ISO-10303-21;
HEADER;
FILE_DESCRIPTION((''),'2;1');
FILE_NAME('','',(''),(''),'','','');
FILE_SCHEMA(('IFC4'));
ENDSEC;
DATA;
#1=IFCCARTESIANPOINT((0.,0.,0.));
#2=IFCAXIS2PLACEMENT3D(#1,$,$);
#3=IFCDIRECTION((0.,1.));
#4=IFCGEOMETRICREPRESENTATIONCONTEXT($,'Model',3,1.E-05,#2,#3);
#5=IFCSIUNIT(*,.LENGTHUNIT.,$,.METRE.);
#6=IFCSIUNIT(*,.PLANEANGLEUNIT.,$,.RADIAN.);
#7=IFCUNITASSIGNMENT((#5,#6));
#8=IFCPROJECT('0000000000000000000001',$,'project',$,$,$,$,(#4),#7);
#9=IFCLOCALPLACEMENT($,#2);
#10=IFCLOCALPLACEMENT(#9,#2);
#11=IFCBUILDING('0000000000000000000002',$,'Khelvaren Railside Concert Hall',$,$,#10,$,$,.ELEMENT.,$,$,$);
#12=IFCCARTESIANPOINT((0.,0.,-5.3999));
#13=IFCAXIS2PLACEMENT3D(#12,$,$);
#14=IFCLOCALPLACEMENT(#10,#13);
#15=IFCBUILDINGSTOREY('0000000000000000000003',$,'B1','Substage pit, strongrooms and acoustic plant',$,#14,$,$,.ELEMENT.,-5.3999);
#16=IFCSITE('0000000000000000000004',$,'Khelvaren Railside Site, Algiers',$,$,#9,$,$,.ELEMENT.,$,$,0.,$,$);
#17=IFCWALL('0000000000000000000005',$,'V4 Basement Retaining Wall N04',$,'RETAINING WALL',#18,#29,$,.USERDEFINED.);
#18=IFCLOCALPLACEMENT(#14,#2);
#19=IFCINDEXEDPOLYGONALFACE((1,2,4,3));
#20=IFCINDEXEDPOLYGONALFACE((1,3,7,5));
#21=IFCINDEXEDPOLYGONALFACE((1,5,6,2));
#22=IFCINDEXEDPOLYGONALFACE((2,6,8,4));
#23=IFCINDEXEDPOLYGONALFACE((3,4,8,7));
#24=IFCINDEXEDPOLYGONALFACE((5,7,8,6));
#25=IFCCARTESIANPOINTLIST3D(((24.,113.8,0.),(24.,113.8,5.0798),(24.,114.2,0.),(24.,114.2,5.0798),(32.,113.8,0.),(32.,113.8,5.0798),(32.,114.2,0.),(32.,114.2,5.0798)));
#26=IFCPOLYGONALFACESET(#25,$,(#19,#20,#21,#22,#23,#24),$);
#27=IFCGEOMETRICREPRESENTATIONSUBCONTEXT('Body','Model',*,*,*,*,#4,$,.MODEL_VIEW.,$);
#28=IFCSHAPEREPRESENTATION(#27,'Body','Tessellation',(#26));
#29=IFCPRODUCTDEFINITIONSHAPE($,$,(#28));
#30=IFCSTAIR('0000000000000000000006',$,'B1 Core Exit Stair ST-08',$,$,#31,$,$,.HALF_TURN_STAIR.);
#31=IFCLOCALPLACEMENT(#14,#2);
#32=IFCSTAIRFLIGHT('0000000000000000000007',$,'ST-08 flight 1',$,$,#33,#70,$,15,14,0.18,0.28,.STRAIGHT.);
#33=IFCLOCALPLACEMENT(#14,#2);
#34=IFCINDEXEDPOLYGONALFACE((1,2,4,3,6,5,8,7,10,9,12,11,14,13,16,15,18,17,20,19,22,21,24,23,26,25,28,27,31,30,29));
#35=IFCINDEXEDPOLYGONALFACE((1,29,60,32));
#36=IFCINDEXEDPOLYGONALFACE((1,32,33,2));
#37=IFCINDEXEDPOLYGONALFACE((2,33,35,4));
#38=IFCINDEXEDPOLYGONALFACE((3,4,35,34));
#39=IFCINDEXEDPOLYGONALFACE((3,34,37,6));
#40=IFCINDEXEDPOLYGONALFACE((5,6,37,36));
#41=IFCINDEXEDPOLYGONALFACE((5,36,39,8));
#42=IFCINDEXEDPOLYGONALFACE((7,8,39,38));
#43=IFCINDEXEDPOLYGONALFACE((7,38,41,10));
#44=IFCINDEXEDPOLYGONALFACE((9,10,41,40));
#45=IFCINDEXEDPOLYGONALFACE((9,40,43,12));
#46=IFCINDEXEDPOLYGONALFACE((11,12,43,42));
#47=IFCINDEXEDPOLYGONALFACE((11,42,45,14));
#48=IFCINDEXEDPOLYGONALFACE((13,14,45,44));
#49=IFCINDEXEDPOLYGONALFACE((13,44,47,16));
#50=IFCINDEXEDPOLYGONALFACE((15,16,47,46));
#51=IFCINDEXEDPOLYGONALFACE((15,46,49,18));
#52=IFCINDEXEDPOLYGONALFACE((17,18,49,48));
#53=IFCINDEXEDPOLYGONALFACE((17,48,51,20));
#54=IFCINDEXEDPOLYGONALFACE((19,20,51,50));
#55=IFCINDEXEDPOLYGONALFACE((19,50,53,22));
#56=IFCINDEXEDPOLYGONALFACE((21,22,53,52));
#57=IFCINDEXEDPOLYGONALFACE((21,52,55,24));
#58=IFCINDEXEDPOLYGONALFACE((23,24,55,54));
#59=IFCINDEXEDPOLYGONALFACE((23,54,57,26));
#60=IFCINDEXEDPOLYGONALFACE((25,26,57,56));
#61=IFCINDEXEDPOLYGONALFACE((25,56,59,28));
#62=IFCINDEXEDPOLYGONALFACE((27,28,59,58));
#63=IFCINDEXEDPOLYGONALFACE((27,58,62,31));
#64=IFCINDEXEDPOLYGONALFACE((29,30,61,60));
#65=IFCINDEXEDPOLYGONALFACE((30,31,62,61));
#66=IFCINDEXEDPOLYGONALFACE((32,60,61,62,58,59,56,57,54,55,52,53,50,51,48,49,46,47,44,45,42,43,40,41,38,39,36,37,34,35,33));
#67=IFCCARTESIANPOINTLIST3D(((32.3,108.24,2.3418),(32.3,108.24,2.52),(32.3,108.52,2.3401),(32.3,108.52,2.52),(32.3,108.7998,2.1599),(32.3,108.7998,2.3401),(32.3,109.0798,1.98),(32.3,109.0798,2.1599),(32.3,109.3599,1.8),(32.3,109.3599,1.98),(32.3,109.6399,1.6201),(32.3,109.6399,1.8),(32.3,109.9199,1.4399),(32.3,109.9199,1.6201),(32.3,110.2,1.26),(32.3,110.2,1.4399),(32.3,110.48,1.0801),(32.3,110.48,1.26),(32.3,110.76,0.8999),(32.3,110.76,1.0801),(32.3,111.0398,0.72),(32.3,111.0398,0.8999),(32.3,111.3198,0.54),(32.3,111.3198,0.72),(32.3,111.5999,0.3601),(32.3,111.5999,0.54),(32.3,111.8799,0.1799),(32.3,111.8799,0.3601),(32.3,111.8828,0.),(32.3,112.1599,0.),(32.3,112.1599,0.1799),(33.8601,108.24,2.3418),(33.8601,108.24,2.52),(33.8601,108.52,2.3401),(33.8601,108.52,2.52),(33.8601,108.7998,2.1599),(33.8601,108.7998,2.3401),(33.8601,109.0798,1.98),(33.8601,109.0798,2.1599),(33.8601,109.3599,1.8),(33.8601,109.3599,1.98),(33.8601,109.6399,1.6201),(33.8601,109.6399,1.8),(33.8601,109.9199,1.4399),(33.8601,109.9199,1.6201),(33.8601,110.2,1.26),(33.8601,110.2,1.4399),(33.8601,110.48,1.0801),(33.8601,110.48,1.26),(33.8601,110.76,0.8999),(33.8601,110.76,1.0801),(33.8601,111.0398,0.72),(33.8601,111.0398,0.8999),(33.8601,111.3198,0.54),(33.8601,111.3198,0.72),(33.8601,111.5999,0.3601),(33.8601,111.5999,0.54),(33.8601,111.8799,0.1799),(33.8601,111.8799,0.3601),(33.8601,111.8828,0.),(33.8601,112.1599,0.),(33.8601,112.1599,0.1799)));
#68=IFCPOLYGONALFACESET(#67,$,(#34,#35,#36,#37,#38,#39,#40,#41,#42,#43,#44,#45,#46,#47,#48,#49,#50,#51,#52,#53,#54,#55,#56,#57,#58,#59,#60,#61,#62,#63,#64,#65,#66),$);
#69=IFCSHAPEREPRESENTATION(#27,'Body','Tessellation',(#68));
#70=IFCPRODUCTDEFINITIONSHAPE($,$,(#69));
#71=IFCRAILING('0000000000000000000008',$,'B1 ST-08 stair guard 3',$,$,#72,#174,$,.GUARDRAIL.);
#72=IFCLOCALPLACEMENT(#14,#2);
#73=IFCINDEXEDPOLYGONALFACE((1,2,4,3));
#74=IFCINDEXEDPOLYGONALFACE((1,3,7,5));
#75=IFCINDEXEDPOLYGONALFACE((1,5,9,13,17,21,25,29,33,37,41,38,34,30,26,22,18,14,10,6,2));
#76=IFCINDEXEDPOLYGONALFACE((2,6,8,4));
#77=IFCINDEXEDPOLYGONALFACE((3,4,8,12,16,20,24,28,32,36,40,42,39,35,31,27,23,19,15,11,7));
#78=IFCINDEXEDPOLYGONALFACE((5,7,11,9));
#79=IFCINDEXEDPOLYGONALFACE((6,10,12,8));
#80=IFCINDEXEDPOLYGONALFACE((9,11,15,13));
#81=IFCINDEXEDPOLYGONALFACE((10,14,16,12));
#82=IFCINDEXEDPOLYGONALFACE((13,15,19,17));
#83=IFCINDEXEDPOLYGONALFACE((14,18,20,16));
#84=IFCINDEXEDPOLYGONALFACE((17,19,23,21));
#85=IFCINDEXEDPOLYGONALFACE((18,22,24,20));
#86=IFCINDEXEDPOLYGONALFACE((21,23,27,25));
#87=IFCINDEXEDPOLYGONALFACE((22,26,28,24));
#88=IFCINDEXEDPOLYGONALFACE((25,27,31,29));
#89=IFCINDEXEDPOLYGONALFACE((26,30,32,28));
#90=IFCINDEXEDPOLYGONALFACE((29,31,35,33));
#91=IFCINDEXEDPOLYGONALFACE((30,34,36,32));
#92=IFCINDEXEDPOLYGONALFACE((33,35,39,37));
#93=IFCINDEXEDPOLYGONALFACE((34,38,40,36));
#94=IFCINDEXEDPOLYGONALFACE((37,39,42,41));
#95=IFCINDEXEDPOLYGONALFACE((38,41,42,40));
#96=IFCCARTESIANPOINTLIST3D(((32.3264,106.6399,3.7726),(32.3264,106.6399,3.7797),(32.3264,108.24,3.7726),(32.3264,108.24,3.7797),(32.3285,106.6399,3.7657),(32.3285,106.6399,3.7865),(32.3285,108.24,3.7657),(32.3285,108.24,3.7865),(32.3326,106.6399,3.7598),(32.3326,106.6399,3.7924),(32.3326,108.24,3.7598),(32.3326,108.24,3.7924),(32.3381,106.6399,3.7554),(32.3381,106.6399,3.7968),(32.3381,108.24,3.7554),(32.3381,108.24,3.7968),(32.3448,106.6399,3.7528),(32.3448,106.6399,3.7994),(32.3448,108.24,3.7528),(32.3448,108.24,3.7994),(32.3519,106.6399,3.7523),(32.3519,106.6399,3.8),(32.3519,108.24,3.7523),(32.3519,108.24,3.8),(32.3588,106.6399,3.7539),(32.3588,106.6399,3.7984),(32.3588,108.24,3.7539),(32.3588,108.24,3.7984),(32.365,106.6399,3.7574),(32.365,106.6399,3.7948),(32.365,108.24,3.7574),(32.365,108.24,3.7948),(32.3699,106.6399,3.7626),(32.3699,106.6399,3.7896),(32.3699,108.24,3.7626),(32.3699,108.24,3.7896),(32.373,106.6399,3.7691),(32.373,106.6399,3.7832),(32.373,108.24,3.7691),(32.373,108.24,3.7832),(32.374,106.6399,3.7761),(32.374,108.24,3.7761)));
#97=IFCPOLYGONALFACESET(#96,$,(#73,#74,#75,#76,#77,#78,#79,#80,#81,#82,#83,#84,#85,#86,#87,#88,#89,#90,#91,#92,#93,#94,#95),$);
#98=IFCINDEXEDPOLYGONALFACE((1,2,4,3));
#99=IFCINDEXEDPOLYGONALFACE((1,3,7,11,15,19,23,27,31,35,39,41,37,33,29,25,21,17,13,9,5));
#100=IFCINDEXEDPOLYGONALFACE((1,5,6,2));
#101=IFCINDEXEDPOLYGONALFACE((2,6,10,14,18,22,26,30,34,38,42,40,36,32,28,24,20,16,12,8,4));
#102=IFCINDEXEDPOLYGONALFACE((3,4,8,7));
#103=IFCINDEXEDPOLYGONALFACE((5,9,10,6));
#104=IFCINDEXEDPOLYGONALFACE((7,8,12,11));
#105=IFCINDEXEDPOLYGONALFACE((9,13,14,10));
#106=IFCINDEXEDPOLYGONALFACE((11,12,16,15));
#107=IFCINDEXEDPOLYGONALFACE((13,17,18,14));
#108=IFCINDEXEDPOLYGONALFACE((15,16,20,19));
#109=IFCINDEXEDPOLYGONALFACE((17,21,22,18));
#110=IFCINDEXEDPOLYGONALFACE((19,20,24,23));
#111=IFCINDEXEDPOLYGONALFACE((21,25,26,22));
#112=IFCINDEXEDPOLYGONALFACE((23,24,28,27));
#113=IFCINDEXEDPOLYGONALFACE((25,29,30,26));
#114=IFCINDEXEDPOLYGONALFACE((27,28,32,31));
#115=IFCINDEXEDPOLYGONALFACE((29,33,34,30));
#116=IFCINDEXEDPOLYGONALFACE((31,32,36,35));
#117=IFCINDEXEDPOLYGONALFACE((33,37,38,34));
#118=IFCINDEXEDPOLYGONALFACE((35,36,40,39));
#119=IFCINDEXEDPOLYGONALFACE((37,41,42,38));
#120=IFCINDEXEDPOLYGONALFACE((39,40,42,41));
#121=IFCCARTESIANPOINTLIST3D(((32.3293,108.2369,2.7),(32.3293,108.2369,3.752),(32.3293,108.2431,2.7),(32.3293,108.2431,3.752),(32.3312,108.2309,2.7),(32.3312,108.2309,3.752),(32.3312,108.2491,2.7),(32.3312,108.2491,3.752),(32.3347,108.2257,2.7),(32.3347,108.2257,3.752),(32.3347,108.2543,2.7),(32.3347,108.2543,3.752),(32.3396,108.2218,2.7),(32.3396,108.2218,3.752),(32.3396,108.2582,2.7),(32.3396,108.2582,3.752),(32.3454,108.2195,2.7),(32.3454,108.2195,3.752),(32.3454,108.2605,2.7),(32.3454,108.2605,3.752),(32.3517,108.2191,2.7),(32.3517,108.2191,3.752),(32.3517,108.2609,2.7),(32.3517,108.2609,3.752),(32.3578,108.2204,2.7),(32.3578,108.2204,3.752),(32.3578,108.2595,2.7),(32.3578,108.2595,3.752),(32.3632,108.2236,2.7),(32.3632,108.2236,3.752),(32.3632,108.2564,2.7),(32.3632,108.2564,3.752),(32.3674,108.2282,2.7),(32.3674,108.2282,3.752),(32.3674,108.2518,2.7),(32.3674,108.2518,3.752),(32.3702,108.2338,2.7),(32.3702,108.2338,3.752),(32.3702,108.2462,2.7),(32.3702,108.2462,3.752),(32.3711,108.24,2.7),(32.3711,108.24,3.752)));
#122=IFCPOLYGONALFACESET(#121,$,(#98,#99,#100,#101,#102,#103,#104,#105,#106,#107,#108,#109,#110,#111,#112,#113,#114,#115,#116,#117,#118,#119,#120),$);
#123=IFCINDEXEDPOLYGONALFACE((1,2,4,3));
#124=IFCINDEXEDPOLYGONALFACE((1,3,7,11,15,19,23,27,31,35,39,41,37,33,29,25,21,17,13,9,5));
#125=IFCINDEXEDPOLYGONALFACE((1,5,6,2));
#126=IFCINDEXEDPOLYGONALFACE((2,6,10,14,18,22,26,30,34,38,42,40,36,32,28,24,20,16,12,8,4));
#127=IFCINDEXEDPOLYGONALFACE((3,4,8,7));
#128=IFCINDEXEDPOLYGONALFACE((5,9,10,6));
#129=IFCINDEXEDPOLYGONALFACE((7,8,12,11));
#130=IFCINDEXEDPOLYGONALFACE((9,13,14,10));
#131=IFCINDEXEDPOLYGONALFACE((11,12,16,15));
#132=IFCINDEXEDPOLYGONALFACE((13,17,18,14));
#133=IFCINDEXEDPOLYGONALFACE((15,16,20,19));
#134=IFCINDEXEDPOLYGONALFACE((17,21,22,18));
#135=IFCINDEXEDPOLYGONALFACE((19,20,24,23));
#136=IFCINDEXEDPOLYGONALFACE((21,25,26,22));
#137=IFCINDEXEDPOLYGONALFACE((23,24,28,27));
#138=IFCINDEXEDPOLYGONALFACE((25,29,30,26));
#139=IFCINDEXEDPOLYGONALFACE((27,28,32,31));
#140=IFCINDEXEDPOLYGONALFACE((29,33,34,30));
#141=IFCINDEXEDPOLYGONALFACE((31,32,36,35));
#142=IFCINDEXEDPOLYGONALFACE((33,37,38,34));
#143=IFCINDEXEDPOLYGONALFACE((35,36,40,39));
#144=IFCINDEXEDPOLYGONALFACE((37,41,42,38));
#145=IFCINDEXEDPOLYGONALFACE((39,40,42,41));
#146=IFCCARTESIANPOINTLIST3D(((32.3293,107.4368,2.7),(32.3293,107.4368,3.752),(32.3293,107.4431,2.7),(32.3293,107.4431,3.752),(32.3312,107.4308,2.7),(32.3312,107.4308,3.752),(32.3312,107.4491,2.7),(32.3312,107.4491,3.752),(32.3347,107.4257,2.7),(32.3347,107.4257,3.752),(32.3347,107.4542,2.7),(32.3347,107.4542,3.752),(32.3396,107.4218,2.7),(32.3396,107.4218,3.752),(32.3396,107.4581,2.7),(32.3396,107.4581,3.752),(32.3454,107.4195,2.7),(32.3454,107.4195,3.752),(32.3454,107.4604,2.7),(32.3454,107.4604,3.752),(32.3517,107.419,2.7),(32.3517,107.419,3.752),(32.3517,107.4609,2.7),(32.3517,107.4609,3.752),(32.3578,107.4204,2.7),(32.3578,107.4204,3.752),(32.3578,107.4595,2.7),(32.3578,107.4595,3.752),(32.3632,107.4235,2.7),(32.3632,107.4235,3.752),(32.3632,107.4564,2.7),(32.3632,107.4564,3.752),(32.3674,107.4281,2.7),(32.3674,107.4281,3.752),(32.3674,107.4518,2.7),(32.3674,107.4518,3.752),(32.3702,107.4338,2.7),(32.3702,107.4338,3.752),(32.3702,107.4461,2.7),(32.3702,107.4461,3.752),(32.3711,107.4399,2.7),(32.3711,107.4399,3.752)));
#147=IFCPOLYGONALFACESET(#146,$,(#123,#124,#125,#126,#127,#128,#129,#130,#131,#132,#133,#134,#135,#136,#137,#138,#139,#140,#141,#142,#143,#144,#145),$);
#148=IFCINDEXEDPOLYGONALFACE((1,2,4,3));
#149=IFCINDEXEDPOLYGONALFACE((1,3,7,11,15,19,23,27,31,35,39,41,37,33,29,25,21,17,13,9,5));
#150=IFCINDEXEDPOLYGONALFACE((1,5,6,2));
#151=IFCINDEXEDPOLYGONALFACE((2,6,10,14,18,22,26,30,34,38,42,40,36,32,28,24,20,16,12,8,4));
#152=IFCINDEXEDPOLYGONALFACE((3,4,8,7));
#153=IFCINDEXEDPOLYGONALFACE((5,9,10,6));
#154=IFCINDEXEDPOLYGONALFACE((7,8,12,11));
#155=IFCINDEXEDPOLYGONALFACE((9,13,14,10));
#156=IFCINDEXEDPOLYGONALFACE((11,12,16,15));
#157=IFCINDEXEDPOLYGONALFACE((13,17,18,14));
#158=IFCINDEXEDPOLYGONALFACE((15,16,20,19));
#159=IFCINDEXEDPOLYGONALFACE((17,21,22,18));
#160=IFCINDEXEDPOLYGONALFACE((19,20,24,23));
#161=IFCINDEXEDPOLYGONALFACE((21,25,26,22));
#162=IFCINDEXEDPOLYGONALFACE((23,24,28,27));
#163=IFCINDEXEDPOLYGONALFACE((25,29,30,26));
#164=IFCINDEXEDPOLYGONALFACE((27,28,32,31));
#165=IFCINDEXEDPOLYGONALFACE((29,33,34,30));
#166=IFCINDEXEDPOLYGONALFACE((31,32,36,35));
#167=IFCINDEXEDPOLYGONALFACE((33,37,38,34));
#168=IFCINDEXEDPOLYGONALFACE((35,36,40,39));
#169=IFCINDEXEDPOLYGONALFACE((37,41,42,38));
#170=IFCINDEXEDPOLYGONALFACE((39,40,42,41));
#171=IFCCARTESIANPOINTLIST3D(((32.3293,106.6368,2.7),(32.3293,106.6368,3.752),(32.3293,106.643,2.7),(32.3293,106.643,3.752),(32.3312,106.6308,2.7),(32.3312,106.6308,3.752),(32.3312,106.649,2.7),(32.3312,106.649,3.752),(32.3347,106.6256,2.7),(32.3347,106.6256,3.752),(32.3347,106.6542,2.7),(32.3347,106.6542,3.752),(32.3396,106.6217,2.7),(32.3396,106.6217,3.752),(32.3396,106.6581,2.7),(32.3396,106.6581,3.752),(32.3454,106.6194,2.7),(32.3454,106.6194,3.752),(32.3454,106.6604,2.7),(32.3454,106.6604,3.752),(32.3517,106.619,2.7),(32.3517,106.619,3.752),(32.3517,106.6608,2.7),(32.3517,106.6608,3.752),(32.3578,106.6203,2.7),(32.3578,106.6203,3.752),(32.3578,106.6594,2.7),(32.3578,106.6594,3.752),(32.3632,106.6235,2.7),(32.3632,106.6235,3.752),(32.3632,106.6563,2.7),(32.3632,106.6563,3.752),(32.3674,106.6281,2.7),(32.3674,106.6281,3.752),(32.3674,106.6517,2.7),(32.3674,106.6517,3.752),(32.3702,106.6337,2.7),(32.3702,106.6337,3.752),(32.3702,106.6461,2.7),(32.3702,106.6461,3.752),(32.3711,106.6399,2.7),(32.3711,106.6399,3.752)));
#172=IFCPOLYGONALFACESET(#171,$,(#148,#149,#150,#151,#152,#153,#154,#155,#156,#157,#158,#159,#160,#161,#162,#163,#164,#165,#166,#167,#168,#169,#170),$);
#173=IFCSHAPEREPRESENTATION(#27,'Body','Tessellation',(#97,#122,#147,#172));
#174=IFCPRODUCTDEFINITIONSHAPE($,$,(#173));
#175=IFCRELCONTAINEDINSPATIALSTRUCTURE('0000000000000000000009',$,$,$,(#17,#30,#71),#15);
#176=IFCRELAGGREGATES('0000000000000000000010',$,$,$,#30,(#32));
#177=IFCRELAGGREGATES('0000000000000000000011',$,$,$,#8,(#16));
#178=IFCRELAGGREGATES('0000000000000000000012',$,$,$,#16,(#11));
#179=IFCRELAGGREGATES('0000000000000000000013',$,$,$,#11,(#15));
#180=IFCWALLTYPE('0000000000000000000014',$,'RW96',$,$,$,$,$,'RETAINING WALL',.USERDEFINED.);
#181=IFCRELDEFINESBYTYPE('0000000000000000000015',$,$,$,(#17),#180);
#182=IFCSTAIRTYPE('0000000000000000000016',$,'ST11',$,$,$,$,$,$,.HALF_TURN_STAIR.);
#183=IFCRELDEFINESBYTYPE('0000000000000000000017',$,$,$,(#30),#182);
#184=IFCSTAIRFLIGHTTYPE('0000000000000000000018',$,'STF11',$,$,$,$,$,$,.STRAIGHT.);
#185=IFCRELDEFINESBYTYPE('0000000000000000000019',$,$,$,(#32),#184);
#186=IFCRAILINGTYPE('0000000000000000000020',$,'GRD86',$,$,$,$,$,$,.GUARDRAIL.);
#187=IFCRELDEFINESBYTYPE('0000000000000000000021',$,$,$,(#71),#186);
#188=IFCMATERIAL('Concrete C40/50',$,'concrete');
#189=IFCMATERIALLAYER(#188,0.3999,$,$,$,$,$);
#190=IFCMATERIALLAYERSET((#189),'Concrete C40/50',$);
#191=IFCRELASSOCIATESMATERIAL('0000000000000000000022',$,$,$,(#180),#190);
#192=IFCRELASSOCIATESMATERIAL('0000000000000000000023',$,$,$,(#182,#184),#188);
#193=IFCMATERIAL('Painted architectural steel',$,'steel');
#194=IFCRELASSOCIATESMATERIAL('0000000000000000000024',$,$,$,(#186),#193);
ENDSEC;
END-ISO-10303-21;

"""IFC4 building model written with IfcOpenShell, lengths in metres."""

from ifc_helpers import new_model, si_unit, direction, frame, frame_2d, origin, origin_2d, place, context, subcontext, project, spatial, polyline, rectangle, circle, outline, extrude, material, layer, layer_set, type_object, element, aggregate, save


model = new_model("IFC4")

# Units and contexts
model_context = context("Model", 3, precision=1e-05, world=origin(), true_north=direction((0.0, 1.0)))
body_context = subcontext(model_context, "Body", "Model", "MODEL_VIEW")
ifc_project = project(units=[si_unit("LENGTHUNIT", "METRE"), si_unit("PLANEANGLEUNIT", "RADIAN")], contexts=[model_context])

# Site, building, storey
site_placement = place(None, origin())
site = spatial("IfcSite", under=ifc_project, at=site_placement, Name="Khelvaren Railside Site, Algiers", CompositionType="ELEMENT", RefElevation=0.0)
building_placement = place(site_placement, origin())
building = spatial("IfcBuilding", under=site, at=building_placement, Name="Khelvaren Railside Concert Hall", CompositionType="ELEMENT")
storey_placement = place(building_placement, frame((0.0, 0.0, -5.3999)))
storey = spatial("IfcBuildingStorey", under=building, at=storey_placement, Name="B1", Description="Substage pit, strongrooms and acoustic plant", CompositionType="ELEMENT", Elevation=-5.3999)

# Shared definitions
ifc_material_1 = material(Name="Concrete C40/50", Category="concrete")

# Wall
ifc_layer_1 = layer(ifc_material_1, 0.3999)
ifc_layer_set_1 = layer_set([ifc_layer_1], Name="Concrete C40/50")
wall_type_1 = type_object("IfcWallType", Name="RW96", ElementType="RETAINING WALL", PredefinedType="USERDEFINED", material=ifc_layer_set_1)
wall_1_placement = place(storey_placement, frame((32.0, 114.0, 0.0), z_axis=(0.0, 0.0, 1.0), x_axis=(-1.0, 0.0, 0.0)))
element("IfcWall", 1, at=wall_1_placement, inside=storey, type_object=wall_type_1, Name="V4 Basement Retaining Wall N04", ObjectType="RETAINING WALL", PredefinedType="USERDEFINED", context=body_context, shape_type="SweptSolid", body=[
    extrude(rectangle(XDim=8.0, YDim=0.3999, at=frame_2d((4.0, 0.0))), origin(), (0.0, 0.0, 1.0), 5.0798),
])

# Stair, stair flight
stair_type = type_object("IfcStairType", Name="ST11", PredefinedType="HALF_TURN_STAIR", material=ifc_material_1)
stair_placement = place(storey_placement, origin())
stair = element("IfcStair", 2, at=stair_placement, inside=storey, type_object=stair_type, Name="B1 Core Exit Stair ST-08", PredefinedType="HALF_TURN_STAIR")
stair_flight_type = type_object("IfcStairFlightType", Name="STF11", PredefinedType="STRAIGHT", material=ifc_material_1)
stair_flight_placement = place(storey_placement, frame((33.0801, 112.1599, 0.0), z_axis=(0.0, 0.0, 1.0), x_axis=(0.0, -1.0, 0.0)))
stair_flight = element("IfcStairFlight", 3, at=stair_flight_placement, type_object=stair_flight_type, Name="ST-08 flight 1", NumberOfRisers=15, NumberOfTreads=14, PredefinedType="STRAIGHT", RiserHeight=0.18, TreadLength=0.28, context=body_context, shape_type="SweptSolid", body=[
    extrude(outline(polyline([(0.0, 0.0), (0.0, 0.1799), (0.28, 0.1799), (0.28, 0.3601), (0.5601, 0.3601), (0.5601, 0.54), (0.8401, 0.54), (0.8401, 0.72), (1.1201, 0.72), (1.1201, 0.8999), (1.3999, 0.8999), (1.3999, 1.0801), (1.6799, 1.0801), (1.6799, 1.26), (1.96, 1.26), (1.96, 1.4399), (2.24, 1.4399), (2.24, 1.6201), (2.52, 1.6201), (2.52, 1.8), (2.8, 1.8), (2.8, 1.98), (3.0801, 1.98), (3.0801, 2.1599), (3.3601, 2.1599), (3.3601, 2.3401), (3.6399, 2.3401), (3.6399, 2.52), (3.9199, 2.52), (3.9199, 2.7), (3.9199, 2.3418), (0.2771, 0.0), (0.0, 0.0)])), frame((0.0, 0.78, 0.0), z_axis=(0.0, -1.0, 0.0), x_axis=(1.0, 0.0, 0.0)), (0.0, 0.0, 1.0), 1.5601),
])
aggregate(stair, [stair_flight])

# Railing
ifc_material_2 = material(Name="Painted architectural steel", Category="steel")
railing_type_1 = type_object("IfcRailingType", Name="GRD86", PredefinedType="GUARDRAIL", material=ifc_material_2)
railing_1_placement = place(storey_placement, frame((32.3501, 108.24, 2.7)))
element("IfcRailing", 4, at=railing_1_placement, inside=storey, type_object=railing_type_1, Name="B1 ST-08 stair guard 3", PredefinedType="GUARDRAIL", context=body_context, shape_type="SweptSolid", body=[
    extrude(circle(Radius=0.0239, at=origin_2d()), frame((0.0, 0.0, 1.0762), z_axis=(0.0, -1.0, 0.0), x_axis=(1.0, 0.0, 0.0)), (0.0, 0.0, 1.0), 1.6001),
    extrude(circle(Radius=0.021, at=origin_2d()), origin(), (0.0, 0.0, 1.0), 1.052),
    extrude(circle(Radius=0.021, at=origin_2d()), frame((0.0, -0.8, 0.0)), (0.0, 0.0, 1.0), 1.052),
    extrude(circle(Radius=0.021, at=origin_2d()), frame((0.0, -1.6001, 0.0)), (0.0, 0.0, 1.0), 1.052),
])

save(model, "model.ifc")
